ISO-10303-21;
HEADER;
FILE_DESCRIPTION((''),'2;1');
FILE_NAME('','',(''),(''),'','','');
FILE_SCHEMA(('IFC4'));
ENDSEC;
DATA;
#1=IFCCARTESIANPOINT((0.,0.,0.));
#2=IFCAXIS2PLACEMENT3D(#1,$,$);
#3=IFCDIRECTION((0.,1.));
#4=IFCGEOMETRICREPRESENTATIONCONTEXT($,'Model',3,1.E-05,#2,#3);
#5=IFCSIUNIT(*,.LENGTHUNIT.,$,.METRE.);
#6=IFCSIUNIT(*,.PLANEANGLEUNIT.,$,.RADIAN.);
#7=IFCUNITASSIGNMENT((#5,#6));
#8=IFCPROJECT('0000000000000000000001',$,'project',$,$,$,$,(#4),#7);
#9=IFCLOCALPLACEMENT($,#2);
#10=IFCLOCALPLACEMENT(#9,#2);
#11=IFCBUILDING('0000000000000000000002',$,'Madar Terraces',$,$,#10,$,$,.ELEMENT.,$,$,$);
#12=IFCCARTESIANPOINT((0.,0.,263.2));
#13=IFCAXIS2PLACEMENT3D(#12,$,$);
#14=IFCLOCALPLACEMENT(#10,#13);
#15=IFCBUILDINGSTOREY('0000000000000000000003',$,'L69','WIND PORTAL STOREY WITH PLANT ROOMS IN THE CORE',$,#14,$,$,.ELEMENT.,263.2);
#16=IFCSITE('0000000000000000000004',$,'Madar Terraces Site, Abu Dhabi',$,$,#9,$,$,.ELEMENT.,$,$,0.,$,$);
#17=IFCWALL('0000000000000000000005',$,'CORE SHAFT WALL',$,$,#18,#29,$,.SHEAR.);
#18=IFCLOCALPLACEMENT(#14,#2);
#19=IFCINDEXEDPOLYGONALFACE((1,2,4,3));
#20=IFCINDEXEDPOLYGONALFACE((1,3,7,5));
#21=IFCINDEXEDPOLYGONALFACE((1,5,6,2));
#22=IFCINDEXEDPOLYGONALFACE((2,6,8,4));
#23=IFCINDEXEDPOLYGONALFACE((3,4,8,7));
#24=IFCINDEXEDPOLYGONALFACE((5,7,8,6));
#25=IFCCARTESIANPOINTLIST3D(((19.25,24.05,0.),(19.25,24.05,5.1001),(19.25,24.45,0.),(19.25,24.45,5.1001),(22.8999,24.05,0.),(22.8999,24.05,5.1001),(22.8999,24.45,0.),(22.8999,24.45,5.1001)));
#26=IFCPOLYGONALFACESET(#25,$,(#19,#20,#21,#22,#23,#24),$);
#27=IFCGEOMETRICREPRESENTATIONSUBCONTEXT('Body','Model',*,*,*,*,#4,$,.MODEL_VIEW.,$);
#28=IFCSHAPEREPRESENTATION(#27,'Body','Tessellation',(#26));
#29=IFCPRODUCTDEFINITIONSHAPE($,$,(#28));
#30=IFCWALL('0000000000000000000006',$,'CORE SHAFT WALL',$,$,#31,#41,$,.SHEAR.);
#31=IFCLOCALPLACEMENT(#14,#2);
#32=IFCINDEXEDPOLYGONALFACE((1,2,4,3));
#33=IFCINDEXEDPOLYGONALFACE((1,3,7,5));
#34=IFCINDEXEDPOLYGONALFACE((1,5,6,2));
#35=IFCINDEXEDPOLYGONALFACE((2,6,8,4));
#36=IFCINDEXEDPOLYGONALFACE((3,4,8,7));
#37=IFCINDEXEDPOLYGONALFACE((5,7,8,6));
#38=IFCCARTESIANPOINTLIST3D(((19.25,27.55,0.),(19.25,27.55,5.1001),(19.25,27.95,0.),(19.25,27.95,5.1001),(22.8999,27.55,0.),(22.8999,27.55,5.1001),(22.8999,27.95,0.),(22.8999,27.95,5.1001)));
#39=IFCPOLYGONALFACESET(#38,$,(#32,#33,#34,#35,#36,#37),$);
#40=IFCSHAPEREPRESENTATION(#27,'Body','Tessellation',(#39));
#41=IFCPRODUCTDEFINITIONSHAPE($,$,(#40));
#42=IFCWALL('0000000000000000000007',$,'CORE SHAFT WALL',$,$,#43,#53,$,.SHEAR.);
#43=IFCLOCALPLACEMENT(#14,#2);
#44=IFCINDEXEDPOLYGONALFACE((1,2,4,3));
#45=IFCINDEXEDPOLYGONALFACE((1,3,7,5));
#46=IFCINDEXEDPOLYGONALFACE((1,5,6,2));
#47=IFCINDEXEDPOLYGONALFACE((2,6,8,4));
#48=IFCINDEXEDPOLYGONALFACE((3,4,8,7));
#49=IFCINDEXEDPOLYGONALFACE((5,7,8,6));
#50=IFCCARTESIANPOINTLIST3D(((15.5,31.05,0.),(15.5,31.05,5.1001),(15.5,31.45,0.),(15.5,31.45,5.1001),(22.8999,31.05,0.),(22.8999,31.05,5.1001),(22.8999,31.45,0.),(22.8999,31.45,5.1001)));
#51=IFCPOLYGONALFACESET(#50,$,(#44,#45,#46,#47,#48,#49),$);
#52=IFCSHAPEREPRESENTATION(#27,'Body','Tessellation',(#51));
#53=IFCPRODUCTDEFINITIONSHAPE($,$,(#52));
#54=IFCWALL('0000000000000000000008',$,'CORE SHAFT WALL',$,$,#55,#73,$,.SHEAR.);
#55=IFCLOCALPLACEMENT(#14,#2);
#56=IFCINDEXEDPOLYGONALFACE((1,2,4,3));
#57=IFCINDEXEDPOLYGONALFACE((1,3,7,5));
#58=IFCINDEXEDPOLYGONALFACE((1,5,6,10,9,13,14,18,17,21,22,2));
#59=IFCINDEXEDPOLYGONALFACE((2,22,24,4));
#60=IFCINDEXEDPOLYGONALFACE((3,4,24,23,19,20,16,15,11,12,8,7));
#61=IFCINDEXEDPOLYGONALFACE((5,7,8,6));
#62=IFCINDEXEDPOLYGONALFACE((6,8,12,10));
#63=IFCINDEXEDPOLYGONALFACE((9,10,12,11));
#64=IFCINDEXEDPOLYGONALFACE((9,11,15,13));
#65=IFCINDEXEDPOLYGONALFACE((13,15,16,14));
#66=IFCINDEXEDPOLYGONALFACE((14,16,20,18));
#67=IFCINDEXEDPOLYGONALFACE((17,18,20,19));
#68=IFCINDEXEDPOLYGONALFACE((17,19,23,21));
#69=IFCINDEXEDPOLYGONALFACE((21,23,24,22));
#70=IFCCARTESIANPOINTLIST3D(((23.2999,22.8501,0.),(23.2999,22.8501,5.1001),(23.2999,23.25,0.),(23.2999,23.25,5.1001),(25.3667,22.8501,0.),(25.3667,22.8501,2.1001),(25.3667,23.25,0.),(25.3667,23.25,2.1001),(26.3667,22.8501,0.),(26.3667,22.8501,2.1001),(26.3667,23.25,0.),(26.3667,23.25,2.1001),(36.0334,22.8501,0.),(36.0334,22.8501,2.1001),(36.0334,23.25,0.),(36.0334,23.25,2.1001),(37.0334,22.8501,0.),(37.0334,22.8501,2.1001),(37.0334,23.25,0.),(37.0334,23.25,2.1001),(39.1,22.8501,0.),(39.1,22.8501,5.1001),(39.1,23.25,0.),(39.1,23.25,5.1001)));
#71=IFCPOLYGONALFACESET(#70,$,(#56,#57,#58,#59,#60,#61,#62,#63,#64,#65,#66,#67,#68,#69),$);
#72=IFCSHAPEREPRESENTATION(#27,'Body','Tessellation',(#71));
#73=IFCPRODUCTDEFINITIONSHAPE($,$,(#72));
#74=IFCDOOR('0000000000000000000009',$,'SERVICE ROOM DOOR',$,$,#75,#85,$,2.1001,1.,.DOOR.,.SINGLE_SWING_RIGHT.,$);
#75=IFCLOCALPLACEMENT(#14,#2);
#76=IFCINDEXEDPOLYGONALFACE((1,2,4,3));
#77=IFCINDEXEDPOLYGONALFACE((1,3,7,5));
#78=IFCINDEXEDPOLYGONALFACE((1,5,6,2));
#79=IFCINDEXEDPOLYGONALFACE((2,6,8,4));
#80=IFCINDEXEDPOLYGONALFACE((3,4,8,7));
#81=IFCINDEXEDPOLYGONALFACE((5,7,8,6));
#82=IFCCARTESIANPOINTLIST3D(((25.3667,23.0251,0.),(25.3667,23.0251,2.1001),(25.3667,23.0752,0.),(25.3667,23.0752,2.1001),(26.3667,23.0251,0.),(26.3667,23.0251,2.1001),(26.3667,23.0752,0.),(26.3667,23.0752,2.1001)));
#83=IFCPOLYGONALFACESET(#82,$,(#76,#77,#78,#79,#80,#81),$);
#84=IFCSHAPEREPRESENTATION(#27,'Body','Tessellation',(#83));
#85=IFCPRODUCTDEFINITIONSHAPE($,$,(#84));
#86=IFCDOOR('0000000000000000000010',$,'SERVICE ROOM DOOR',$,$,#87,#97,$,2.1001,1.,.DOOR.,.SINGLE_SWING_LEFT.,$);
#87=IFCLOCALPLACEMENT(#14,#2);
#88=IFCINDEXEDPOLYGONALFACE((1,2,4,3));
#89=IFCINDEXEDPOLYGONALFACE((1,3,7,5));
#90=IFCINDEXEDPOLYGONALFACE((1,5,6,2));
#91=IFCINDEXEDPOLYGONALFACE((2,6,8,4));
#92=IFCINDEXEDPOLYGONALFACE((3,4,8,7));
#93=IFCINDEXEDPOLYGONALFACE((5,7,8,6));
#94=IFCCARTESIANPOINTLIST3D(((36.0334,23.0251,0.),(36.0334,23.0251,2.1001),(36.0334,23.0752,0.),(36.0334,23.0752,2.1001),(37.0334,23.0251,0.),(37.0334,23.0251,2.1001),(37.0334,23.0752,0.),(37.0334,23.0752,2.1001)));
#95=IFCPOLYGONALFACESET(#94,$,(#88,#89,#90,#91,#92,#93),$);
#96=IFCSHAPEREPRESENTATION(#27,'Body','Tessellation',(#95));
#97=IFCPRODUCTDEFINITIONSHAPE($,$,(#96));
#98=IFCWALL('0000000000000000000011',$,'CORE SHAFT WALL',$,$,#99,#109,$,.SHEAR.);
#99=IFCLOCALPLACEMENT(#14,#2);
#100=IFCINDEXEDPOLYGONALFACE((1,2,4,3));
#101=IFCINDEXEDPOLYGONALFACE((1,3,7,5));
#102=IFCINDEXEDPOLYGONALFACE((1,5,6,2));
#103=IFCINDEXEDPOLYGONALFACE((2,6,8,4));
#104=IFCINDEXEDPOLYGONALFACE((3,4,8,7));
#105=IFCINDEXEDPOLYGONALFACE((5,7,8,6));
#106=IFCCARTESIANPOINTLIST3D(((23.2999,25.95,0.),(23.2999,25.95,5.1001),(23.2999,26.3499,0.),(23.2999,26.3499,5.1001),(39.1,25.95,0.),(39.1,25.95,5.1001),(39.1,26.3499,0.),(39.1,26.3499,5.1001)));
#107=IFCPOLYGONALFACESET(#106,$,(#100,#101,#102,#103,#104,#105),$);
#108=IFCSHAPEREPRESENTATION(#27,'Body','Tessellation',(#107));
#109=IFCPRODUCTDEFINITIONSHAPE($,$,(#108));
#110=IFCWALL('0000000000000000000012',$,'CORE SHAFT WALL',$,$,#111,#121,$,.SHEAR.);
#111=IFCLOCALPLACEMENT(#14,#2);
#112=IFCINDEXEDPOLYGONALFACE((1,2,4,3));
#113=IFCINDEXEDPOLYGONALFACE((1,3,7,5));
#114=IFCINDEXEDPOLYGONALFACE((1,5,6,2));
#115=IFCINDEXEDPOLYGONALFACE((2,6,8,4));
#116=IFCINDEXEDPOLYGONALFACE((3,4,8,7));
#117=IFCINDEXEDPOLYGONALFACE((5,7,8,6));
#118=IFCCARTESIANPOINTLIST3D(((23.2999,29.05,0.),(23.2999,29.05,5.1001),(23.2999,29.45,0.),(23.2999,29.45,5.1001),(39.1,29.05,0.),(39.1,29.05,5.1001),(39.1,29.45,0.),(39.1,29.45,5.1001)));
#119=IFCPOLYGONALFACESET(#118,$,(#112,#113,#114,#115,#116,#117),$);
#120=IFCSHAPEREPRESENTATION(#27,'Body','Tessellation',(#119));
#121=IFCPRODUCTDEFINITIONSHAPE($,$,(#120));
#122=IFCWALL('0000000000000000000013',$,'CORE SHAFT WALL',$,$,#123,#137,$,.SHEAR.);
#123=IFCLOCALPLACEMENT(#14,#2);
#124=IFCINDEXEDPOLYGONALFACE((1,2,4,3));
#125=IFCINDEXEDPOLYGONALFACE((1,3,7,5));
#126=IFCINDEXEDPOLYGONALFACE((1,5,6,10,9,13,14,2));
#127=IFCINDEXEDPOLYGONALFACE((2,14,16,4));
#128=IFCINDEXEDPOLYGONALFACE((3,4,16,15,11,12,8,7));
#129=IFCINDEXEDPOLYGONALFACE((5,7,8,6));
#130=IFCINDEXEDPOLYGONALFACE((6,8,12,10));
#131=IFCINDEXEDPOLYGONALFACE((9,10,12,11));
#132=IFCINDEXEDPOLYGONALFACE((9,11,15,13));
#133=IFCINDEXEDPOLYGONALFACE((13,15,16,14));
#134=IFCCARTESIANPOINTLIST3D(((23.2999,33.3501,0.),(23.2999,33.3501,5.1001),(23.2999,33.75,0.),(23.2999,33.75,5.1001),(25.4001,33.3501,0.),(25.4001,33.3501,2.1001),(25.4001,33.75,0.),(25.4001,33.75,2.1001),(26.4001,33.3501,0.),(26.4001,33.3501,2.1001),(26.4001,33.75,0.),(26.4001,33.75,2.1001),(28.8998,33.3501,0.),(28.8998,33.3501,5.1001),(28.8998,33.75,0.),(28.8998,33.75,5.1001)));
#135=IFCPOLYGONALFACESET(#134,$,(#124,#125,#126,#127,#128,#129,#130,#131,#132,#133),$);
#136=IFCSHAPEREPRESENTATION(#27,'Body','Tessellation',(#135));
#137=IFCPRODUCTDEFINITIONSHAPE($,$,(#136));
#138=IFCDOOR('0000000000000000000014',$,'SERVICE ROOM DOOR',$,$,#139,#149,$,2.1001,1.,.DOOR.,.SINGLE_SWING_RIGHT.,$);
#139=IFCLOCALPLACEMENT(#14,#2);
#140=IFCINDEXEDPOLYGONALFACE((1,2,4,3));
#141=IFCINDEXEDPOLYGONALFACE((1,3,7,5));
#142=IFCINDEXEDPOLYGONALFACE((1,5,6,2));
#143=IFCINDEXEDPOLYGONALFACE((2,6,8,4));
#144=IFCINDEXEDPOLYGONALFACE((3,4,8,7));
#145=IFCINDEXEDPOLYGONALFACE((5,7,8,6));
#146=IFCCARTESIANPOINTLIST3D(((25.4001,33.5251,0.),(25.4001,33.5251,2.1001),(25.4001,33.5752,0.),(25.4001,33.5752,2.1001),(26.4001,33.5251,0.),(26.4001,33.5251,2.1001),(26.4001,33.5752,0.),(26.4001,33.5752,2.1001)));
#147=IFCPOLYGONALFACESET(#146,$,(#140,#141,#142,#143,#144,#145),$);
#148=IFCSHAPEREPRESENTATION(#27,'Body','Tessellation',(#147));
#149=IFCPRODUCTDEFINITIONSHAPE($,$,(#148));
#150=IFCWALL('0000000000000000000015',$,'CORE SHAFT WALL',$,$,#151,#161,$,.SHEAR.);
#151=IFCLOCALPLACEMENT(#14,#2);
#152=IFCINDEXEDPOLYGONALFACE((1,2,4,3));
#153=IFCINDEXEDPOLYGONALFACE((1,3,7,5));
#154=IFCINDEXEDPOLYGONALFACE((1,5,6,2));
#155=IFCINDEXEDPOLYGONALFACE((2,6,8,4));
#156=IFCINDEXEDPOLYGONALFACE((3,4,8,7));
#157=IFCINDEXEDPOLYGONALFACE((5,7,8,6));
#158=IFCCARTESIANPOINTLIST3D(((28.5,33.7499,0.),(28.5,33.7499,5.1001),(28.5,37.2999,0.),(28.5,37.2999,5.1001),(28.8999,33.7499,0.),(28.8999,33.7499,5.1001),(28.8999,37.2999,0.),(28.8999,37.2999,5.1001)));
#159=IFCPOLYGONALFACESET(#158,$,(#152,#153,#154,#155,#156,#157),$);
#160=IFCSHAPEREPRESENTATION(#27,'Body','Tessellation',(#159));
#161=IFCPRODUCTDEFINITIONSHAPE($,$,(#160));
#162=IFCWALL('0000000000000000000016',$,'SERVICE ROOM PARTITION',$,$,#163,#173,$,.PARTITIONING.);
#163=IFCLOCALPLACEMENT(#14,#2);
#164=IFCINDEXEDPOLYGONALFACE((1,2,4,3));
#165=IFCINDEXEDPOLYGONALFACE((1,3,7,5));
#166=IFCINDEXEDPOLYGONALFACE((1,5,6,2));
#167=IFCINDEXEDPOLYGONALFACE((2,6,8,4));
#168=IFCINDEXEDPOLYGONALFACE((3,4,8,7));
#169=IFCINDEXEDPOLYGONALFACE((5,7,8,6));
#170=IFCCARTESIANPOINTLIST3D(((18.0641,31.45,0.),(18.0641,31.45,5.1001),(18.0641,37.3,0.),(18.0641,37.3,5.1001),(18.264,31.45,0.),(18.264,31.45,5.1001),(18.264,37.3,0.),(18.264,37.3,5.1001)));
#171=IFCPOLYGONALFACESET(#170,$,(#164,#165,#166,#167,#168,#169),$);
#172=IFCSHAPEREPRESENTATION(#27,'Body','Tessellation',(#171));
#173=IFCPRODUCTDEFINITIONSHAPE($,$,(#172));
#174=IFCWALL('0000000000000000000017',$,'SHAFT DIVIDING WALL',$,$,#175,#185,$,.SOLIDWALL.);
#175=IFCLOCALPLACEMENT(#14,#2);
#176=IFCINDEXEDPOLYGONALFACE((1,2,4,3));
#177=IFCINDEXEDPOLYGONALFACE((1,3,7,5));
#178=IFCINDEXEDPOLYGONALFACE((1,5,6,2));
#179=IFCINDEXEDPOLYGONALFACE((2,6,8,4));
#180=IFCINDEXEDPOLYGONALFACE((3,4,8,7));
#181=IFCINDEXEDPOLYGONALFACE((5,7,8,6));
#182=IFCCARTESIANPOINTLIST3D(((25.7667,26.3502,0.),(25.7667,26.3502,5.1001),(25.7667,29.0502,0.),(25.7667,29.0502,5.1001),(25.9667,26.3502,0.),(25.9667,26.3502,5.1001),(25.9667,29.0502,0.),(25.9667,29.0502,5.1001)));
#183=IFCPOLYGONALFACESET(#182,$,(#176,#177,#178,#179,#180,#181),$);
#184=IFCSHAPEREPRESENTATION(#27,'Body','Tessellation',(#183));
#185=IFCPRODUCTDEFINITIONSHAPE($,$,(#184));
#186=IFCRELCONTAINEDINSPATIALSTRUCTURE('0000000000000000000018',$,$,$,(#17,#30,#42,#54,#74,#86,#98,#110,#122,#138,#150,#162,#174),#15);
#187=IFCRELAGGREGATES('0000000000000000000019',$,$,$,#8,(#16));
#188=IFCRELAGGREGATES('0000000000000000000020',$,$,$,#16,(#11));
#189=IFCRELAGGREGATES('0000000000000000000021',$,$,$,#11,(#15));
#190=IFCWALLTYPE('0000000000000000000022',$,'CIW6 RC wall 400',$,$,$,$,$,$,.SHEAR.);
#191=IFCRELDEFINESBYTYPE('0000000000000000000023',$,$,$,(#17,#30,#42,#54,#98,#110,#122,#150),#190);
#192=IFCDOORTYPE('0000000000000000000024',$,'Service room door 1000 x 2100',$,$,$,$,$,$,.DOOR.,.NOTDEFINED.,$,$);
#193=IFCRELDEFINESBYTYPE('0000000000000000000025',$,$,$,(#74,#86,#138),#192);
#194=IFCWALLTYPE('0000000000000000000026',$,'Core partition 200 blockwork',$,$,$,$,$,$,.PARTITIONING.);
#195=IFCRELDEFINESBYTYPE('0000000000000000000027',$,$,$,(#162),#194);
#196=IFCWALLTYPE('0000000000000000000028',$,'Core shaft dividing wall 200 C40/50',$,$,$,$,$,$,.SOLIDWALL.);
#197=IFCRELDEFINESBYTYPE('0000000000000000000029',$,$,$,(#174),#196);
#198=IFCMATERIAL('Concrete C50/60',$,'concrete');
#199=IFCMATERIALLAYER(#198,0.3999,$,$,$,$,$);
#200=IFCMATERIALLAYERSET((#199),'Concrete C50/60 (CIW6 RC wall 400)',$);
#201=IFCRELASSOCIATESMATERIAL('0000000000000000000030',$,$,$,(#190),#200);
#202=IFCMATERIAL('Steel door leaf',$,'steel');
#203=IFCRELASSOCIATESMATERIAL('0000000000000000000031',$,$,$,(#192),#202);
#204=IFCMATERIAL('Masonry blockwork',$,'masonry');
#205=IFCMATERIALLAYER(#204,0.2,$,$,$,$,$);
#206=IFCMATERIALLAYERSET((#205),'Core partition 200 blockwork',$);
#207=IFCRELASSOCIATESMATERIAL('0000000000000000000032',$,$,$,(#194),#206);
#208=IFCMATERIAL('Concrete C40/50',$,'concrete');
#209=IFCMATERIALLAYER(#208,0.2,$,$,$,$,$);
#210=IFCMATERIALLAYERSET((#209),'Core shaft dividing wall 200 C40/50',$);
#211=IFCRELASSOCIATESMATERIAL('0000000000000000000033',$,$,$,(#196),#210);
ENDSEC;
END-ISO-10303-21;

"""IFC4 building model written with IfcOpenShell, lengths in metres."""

from ifc_helpers import new_model, si_unit, direction, frame, frame_2d, origin, place, context, subcontext, project, spatial, rectangle, extrude, material, layer, layer_set, type_object, element, fill, save


model = new_model("IFC4")

# Units and contexts
model_context = context("Model", 3, precision=1e-05, world=origin(), true_north=direction((0.0, 1.0)))
body_context = subcontext(model_context, "Body", "Model", "MODEL_VIEW")
ifc_project = project(units=[si_unit("LENGTHUNIT", "METRE"), si_unit("PLANEANGLEUNIT", "RADIAN")], contexts=[model_context])

# Site, building, storey
site_placement = place(None, origin())
site = spatial("IfcSite", under=ifc_project, at=site_placement, Name="Madar Terraces Site, Abu Dhabi", CompositionType="ELEMENT", RefElevation=0.0)
building_placement = place(site_placement, origin())
building = spatial("IfcBuilding", under=site, at=building_placement, Name="Madar Terraces", CompositionType="ELEMENT")
storey_placement = place(building_placement, frame((0.0, 0.0, 263.2)))
storey = spatial("IfcBuildingStorey", under=building, at=storey_placement, Name="L69", Description="WIND PORTAL STOREY WITH PLANT ROOMS IN THE CORE", CompositionType="ELEMENT", Elevation=263.2)

# Walls
ifc_material_1 = material(Name="Concrete C50/60", Category="concrete")
ifc_layer_1 = layer(ifc_material_1, 0.3999)
ifc_layer_set_1 = layer_set([ifc_layer_1], Name="Concrete C50/60 (CIW6 RC wall 400)")
wall_type_1 = type_object("IfcWallType", Name="CIW6 RC wall 400", PredefinedType="SHEAR", material=ifc_layer_set_1)
for number, where, z_axis, x_axis, name in (
    (1, (19.25, 24.25, 0.0), (0.0, 0.0, 1.0), (1.0, 0.0, 0.0), "CORE SHAFT WALL"),
    (2, (19.25, 27.75, 0.0), (0.0, 0.0, 1.0), (1.0, 0.0, 0.0), "CORE SHAFT WALL"),
):
    element("IfcWall", number, at=place(storey_placement, frame(where, z_axis=z_axis, x_axis=x_axis)), inside=storey, type_object=wall_type_1, Name=name, PredefinedType="SHEAR", context=body_context, shape_type="SweptSolid", body=[
        extrude(rectangle(XDim=3.6499, YDim=0.3999, at=frame_2d((1.825, 0.0))), origin(), (0.0, 0.0, 1.0), 5.1001),
    ])
wall_1_placement = place(storey_placement, frame((15.5, 31.25, 0.0), z_axis=(0.0, 0.0, 1.0), x_axis=(1.0, 0.0, 0.0)))
element("IfcWall", 3, at=wall_1_placement, inside=storey, type_object=wall_type_1, Name="CORE SHAFT WALL", PredefinedType="SHEAR", context=body_context, shape_type="SweptSolid", body=[
    extrude(rectangle(XDim=7.3999, YDim=0.3999, at=frame_2d((3.7, 0.0))), origin(), (0.0, 0.0, 1.0), 5.1001),
])

# Wall, openings, doors
wall_2_placement = place(storey_placement, frame((23.3, 23.05, 0.0), z_axis=(0.0, 0.0, 1.0), x_axis=(1.0, 0.0, 0.0)))
wall_2 = element("IfcWall", 4, at=wall_2_placement, inside=storey, type_object=wall_type_1, Name="CORE SHAFT WALL", PredefinedType="SHEAR", context=body_context, shape_type="SweptSolid", body=[
    extrude(rectangle(XDim=15.8, YDim=0.3999, at=frame_2d((7.8999, 0.0))), origin(), (0.0, 0.0, 1.0), 5.1001),
])
opening_1_placement = place(wall_2_placement, frame((2.0667, 0.0, 0.0)))
opening_1 = element("IfcOpeningElement", 5, at=opening_1_placement, cuts=wall_2, PredefinedType="OPENING", context=body_context, shape_type="SweptSolid", body=[
    extrude(rectangle(XDim=1.0, YDim=2.1001, at=frame_2d((0.5, 1.05))), frame((0.0, 0.21, 0.0), z_axis=(0.0, -1.0, 0.0), x_axis=(1.0, 0.0, 0.0)), (0.0, 0.0, 1.0), 0.4199),
])
opening_2_placement = place(wall_2_placement, frame((12.7334, 0.0, 0.0)))
opening_2 = element("IfcOpeningElement", 6, at=opening_2_placement, cuts=wall_2, PredefinedType="OPENING", context=body_context, shape_type="SweptSolid", body=[
    extrude(rectangle(XDim=1.0, YDim=2.1001, at=frame_2d((0.5, 1.05))), frame((0.0, 0.21, 0.0), z_axis=(0.0, -1.0, 0.0), x_axis=(1.0, 0.0, 0.0)), (0.0, 0.0, 1.0), 0.4199),
])
ifc_material_2 = material(Name="Steel door leaf", Category="steel")
door_type = type_object("IfcDoorType", Name="Service room door 1000 x 2100", OperationType="NOTDEFINED", PredefinedType="DOOR", material=ifc_material_2)
door_1_placement = place(opening_1_placement, frame((1.0, 0.0, 0.0), z_axis=(0.0, 0.0, 1.0), x_axis=(-1.0, 0.0, 0.0)))
door_1 = element("IfcDoor", 7, at=door_1_placement, inside=storey, type_object=door_type, Name="SERVICE ROOM DOOR", OperationType="SINGLE_SWING_RIGHT", OverallHeight=2.1001, OverallWidth=1.0, PredefinedType="DOOR", context=body_context, shape_type="SweptSolid", body=[
    extrude(rectangle(XDim=1.0, YDim=2.1001, at=frame_2d((0.5, 1.05))), frame((0.0, 0.0249, 0.0), z_axis=(0.0, -1.0, 0.0), x_axis=(1.0, 0.0, 0.0)), (0.0, 0.0, 1.0), 0.05),
])
fill(opening_1, door_1)
door_2_placement = place(opening_2_placement, frame((1.0, 0.0, 0.0), z_axis=(0.0, 0.0, 1.0), x_axis=(-1.0, 0.0, 0.0)))
door_2 = element("IfcDoor", 8, at=door_2_placement, inside=storey, type_object=door_type, Name="SERVICE ROOM DOOR", OperationType="SINGLE_SWING_LEFT", OverallHeight=2.1001, OverallWidth=1.0, PredefinedType="DOOR", context=body_context, shape_type="SweptSolid", body=[
    extrude(rectangle(XDim=1.0, YDim=2.1001, at=frame_2d((0.5, 1.05))), frame((0.0, 0.0249, 0.0), z_axis=(0.0, -1.0, 0.0), x_axis=(1.0, 0.0, 0.0)), (0.0, 0.0, 1.0), 0.05),
])
fill(opening_2, door_2)

# Walls
for number, where, z_axis, x_axis, name in (
    (9, (23.3, 26.1499, 0.0), (0.0, 0.0, 1.0), (1.0, 0.0, 0.0), "CORE SHAFT WALL"),
    (10, (23.3, 29.25, 0.0), (0.0, 0.0, 1.0), (1.0, 0.0, 0.0), "CORE SHAFT WALL"),
):
    element("IfcWall", number, at=place(storey_placement, frame(where, z_axis=z_axis, x_axis=x_axis)), inside=storey, type_object=wall_type_1, Name=name, PredefinedType="SHEAR", context=body_context, shape_type="SweptSolid", body=[
        extrude(rectangle(XDim=15.8, YDim=0.3999, at=frame_2d((7.8999, 0.0))), origin(), (0.0, 0.0, 1.0), 5.1001),
    ])

# Wall, opening, door
wall_3_placement = place(storey_placement, frame((23.3, 33.55, 0.0), z_axis=(0.0, 0.0, 1.0), x_axis=(1.0, 0.0, 0.0)))
wall_3 = element("IfcWall", 11, at=wall_3_placement, inside=storey, type_object=wall_type_1, Name="CORE SHAFT WALL", PredefinedType="SHEAR", context=body_context, shape_type="SweptSolid", body=[
    extrude(rectangle(XDim=5.5999, YDim=0.3999, at=frame_2d((2.7998, 0.0))), origin(), (0.0, 0.0, 1.0), 5.1001),
])
opening_3_placement = place(wall_3_placement, frame((2.1001, 0.0, 0.0)))
opening_3 = element("IfcOpeningElement", 12, at=opening_3_placement, cuts=wall_3, PredefinedType="OPENING", context=body_context, shape_type="SweptSolid", body=[
    extrude(rectangle(XDim=1.0, YDim=2.1001, at=frame_2d((0.5, 1.05))), frame((0.0, 0.21, 0.0), z_axis=(0.0, -1.0, 0.0), x_axis=(1.0, 0.0, 0.0)), (0.0, 0.0, 1.0), 0.4199),
])
door_3_placement = place(opening_3_placement, frame((1.0, 0.0, 0.0), z_axis=(0.0, 0.0, 1.0), x_axis=(-1.0, 0.0, 0.0)))
door_3 = element("IfcDoor", 13, at=door_3_placement, inside=storey, type_object=door_type, Name="SERVICE ROOM DOOR", OperationType="SINGLE_SWING_RIGHT", OverallHeight=2.1001, OverallWidth=1.0, PredefinedType="DOOR", context=body_context, shape_type="SweptSolid", body=[
    extrude(rectangle(XDim=1.0, YDim=2.1001, at=frame_2d((0.5, 1.05))), frame((0.0, 0.0249, 0.0), z_axis=(0.0, -1.0, 0.0), x_axis=(1.0, 0.0, 0.0)), (0.0, 0.0, 1.0), 0.05),
])
fill(opening_3, door_3)

# Walls
wall_4_placement = place(storey_placement, frame((28.7, 33.75, 0.0), z_axis=(0.0, 0.0, 1.0), x_axis=(0.0, 1.0, 0.0)))
element("IfcWall", 14, at=wall_4_placement, inside=storey, type_object=wall_type_1, Name="CORE SHAFT WALL", PredefinedType="SHEAR", context=body_context, shape_type="SweptSolid", body=[
    extrude(rectangle(XDim=3.55, YDim=0.3999, at=frame_2d((1.7749, 0.0))), origin(), (0.0, 0.0, 1.0), 5.1001),
])
ifc_material_3 = material(Name="Masonry blockwork", Category="masonry")
ifc_layer_2 = layer(ifc_material_3, 0.2)
ifc_layer_set_2 = layer_set([ifc_layer_2], Name="Core partition 200 blockwork")
wall_type_2 = type_object("IfcWallType", Name="Core partition 200 blockwork", PredefinedType="PARTITIONING", material=ifc_layer_set_2)
wall_5_placement = place(storey_placement, frame((18.1641, 31.45, 0.0), z_axis=(0.0, 0.0, 1.0), x_axis=(0.0, 1.0, 0.0)))
element("IfcWall", 15, at=wall_5_placement, inside=storey, type_object=wall_type_2, Name="SERVICE ROOM PARTITION", PredefinedType="PARTITIONING", context=body_context, shape_type="SweptSolid", body=[
    extrude(rectangle(XDim=5.8501, YDim=0.2, at=frame_2d((2.925, 0.0))), origin(), (0.0, 0.0, 1.0), 5.1001),
])
ifc_material_4 = material(Name="Concrete C40/50", Category="concrete")
ifc_layer_3 = layer(ifc_material_4, 0.2)
ifc_layer_set_3 = layer_set([ifc_layer_3], Name="Core shaft dividing wall 200 C40/50")
wall_type_3 = type_object("IfcWallType", Name="Core shaft dividing wall 200 C40/50", PredefinedType="SOLIDWALL", material=ifc_layer_set_3)
for number, where, z_axis, x_axis, name in (
    (16, (25.8667, 26.3501, 0.0), (0.0, 0.0, 1.0), (0.0, 1.0, 0.0), "SHAFT DIVIDING WALL"),
):
    element("IfcWall", number, at=place(storey_placement, frame(where, z_axis=z_axis, x_axis=x_axis)), inside=storey, type_object=wall_type_3, Name=name, PredefinedType="SOLIDWALL", context=body_context, shape_type="SweptSolid", body=[
        extrude(rectangle(XDim=2.7, YDim=0.2, at=frame_2d((1.3501, 0.0))), origin(), (0.0, 0.0, 1.0), 5.1001),
    ])

save(model, "model.ifc")
